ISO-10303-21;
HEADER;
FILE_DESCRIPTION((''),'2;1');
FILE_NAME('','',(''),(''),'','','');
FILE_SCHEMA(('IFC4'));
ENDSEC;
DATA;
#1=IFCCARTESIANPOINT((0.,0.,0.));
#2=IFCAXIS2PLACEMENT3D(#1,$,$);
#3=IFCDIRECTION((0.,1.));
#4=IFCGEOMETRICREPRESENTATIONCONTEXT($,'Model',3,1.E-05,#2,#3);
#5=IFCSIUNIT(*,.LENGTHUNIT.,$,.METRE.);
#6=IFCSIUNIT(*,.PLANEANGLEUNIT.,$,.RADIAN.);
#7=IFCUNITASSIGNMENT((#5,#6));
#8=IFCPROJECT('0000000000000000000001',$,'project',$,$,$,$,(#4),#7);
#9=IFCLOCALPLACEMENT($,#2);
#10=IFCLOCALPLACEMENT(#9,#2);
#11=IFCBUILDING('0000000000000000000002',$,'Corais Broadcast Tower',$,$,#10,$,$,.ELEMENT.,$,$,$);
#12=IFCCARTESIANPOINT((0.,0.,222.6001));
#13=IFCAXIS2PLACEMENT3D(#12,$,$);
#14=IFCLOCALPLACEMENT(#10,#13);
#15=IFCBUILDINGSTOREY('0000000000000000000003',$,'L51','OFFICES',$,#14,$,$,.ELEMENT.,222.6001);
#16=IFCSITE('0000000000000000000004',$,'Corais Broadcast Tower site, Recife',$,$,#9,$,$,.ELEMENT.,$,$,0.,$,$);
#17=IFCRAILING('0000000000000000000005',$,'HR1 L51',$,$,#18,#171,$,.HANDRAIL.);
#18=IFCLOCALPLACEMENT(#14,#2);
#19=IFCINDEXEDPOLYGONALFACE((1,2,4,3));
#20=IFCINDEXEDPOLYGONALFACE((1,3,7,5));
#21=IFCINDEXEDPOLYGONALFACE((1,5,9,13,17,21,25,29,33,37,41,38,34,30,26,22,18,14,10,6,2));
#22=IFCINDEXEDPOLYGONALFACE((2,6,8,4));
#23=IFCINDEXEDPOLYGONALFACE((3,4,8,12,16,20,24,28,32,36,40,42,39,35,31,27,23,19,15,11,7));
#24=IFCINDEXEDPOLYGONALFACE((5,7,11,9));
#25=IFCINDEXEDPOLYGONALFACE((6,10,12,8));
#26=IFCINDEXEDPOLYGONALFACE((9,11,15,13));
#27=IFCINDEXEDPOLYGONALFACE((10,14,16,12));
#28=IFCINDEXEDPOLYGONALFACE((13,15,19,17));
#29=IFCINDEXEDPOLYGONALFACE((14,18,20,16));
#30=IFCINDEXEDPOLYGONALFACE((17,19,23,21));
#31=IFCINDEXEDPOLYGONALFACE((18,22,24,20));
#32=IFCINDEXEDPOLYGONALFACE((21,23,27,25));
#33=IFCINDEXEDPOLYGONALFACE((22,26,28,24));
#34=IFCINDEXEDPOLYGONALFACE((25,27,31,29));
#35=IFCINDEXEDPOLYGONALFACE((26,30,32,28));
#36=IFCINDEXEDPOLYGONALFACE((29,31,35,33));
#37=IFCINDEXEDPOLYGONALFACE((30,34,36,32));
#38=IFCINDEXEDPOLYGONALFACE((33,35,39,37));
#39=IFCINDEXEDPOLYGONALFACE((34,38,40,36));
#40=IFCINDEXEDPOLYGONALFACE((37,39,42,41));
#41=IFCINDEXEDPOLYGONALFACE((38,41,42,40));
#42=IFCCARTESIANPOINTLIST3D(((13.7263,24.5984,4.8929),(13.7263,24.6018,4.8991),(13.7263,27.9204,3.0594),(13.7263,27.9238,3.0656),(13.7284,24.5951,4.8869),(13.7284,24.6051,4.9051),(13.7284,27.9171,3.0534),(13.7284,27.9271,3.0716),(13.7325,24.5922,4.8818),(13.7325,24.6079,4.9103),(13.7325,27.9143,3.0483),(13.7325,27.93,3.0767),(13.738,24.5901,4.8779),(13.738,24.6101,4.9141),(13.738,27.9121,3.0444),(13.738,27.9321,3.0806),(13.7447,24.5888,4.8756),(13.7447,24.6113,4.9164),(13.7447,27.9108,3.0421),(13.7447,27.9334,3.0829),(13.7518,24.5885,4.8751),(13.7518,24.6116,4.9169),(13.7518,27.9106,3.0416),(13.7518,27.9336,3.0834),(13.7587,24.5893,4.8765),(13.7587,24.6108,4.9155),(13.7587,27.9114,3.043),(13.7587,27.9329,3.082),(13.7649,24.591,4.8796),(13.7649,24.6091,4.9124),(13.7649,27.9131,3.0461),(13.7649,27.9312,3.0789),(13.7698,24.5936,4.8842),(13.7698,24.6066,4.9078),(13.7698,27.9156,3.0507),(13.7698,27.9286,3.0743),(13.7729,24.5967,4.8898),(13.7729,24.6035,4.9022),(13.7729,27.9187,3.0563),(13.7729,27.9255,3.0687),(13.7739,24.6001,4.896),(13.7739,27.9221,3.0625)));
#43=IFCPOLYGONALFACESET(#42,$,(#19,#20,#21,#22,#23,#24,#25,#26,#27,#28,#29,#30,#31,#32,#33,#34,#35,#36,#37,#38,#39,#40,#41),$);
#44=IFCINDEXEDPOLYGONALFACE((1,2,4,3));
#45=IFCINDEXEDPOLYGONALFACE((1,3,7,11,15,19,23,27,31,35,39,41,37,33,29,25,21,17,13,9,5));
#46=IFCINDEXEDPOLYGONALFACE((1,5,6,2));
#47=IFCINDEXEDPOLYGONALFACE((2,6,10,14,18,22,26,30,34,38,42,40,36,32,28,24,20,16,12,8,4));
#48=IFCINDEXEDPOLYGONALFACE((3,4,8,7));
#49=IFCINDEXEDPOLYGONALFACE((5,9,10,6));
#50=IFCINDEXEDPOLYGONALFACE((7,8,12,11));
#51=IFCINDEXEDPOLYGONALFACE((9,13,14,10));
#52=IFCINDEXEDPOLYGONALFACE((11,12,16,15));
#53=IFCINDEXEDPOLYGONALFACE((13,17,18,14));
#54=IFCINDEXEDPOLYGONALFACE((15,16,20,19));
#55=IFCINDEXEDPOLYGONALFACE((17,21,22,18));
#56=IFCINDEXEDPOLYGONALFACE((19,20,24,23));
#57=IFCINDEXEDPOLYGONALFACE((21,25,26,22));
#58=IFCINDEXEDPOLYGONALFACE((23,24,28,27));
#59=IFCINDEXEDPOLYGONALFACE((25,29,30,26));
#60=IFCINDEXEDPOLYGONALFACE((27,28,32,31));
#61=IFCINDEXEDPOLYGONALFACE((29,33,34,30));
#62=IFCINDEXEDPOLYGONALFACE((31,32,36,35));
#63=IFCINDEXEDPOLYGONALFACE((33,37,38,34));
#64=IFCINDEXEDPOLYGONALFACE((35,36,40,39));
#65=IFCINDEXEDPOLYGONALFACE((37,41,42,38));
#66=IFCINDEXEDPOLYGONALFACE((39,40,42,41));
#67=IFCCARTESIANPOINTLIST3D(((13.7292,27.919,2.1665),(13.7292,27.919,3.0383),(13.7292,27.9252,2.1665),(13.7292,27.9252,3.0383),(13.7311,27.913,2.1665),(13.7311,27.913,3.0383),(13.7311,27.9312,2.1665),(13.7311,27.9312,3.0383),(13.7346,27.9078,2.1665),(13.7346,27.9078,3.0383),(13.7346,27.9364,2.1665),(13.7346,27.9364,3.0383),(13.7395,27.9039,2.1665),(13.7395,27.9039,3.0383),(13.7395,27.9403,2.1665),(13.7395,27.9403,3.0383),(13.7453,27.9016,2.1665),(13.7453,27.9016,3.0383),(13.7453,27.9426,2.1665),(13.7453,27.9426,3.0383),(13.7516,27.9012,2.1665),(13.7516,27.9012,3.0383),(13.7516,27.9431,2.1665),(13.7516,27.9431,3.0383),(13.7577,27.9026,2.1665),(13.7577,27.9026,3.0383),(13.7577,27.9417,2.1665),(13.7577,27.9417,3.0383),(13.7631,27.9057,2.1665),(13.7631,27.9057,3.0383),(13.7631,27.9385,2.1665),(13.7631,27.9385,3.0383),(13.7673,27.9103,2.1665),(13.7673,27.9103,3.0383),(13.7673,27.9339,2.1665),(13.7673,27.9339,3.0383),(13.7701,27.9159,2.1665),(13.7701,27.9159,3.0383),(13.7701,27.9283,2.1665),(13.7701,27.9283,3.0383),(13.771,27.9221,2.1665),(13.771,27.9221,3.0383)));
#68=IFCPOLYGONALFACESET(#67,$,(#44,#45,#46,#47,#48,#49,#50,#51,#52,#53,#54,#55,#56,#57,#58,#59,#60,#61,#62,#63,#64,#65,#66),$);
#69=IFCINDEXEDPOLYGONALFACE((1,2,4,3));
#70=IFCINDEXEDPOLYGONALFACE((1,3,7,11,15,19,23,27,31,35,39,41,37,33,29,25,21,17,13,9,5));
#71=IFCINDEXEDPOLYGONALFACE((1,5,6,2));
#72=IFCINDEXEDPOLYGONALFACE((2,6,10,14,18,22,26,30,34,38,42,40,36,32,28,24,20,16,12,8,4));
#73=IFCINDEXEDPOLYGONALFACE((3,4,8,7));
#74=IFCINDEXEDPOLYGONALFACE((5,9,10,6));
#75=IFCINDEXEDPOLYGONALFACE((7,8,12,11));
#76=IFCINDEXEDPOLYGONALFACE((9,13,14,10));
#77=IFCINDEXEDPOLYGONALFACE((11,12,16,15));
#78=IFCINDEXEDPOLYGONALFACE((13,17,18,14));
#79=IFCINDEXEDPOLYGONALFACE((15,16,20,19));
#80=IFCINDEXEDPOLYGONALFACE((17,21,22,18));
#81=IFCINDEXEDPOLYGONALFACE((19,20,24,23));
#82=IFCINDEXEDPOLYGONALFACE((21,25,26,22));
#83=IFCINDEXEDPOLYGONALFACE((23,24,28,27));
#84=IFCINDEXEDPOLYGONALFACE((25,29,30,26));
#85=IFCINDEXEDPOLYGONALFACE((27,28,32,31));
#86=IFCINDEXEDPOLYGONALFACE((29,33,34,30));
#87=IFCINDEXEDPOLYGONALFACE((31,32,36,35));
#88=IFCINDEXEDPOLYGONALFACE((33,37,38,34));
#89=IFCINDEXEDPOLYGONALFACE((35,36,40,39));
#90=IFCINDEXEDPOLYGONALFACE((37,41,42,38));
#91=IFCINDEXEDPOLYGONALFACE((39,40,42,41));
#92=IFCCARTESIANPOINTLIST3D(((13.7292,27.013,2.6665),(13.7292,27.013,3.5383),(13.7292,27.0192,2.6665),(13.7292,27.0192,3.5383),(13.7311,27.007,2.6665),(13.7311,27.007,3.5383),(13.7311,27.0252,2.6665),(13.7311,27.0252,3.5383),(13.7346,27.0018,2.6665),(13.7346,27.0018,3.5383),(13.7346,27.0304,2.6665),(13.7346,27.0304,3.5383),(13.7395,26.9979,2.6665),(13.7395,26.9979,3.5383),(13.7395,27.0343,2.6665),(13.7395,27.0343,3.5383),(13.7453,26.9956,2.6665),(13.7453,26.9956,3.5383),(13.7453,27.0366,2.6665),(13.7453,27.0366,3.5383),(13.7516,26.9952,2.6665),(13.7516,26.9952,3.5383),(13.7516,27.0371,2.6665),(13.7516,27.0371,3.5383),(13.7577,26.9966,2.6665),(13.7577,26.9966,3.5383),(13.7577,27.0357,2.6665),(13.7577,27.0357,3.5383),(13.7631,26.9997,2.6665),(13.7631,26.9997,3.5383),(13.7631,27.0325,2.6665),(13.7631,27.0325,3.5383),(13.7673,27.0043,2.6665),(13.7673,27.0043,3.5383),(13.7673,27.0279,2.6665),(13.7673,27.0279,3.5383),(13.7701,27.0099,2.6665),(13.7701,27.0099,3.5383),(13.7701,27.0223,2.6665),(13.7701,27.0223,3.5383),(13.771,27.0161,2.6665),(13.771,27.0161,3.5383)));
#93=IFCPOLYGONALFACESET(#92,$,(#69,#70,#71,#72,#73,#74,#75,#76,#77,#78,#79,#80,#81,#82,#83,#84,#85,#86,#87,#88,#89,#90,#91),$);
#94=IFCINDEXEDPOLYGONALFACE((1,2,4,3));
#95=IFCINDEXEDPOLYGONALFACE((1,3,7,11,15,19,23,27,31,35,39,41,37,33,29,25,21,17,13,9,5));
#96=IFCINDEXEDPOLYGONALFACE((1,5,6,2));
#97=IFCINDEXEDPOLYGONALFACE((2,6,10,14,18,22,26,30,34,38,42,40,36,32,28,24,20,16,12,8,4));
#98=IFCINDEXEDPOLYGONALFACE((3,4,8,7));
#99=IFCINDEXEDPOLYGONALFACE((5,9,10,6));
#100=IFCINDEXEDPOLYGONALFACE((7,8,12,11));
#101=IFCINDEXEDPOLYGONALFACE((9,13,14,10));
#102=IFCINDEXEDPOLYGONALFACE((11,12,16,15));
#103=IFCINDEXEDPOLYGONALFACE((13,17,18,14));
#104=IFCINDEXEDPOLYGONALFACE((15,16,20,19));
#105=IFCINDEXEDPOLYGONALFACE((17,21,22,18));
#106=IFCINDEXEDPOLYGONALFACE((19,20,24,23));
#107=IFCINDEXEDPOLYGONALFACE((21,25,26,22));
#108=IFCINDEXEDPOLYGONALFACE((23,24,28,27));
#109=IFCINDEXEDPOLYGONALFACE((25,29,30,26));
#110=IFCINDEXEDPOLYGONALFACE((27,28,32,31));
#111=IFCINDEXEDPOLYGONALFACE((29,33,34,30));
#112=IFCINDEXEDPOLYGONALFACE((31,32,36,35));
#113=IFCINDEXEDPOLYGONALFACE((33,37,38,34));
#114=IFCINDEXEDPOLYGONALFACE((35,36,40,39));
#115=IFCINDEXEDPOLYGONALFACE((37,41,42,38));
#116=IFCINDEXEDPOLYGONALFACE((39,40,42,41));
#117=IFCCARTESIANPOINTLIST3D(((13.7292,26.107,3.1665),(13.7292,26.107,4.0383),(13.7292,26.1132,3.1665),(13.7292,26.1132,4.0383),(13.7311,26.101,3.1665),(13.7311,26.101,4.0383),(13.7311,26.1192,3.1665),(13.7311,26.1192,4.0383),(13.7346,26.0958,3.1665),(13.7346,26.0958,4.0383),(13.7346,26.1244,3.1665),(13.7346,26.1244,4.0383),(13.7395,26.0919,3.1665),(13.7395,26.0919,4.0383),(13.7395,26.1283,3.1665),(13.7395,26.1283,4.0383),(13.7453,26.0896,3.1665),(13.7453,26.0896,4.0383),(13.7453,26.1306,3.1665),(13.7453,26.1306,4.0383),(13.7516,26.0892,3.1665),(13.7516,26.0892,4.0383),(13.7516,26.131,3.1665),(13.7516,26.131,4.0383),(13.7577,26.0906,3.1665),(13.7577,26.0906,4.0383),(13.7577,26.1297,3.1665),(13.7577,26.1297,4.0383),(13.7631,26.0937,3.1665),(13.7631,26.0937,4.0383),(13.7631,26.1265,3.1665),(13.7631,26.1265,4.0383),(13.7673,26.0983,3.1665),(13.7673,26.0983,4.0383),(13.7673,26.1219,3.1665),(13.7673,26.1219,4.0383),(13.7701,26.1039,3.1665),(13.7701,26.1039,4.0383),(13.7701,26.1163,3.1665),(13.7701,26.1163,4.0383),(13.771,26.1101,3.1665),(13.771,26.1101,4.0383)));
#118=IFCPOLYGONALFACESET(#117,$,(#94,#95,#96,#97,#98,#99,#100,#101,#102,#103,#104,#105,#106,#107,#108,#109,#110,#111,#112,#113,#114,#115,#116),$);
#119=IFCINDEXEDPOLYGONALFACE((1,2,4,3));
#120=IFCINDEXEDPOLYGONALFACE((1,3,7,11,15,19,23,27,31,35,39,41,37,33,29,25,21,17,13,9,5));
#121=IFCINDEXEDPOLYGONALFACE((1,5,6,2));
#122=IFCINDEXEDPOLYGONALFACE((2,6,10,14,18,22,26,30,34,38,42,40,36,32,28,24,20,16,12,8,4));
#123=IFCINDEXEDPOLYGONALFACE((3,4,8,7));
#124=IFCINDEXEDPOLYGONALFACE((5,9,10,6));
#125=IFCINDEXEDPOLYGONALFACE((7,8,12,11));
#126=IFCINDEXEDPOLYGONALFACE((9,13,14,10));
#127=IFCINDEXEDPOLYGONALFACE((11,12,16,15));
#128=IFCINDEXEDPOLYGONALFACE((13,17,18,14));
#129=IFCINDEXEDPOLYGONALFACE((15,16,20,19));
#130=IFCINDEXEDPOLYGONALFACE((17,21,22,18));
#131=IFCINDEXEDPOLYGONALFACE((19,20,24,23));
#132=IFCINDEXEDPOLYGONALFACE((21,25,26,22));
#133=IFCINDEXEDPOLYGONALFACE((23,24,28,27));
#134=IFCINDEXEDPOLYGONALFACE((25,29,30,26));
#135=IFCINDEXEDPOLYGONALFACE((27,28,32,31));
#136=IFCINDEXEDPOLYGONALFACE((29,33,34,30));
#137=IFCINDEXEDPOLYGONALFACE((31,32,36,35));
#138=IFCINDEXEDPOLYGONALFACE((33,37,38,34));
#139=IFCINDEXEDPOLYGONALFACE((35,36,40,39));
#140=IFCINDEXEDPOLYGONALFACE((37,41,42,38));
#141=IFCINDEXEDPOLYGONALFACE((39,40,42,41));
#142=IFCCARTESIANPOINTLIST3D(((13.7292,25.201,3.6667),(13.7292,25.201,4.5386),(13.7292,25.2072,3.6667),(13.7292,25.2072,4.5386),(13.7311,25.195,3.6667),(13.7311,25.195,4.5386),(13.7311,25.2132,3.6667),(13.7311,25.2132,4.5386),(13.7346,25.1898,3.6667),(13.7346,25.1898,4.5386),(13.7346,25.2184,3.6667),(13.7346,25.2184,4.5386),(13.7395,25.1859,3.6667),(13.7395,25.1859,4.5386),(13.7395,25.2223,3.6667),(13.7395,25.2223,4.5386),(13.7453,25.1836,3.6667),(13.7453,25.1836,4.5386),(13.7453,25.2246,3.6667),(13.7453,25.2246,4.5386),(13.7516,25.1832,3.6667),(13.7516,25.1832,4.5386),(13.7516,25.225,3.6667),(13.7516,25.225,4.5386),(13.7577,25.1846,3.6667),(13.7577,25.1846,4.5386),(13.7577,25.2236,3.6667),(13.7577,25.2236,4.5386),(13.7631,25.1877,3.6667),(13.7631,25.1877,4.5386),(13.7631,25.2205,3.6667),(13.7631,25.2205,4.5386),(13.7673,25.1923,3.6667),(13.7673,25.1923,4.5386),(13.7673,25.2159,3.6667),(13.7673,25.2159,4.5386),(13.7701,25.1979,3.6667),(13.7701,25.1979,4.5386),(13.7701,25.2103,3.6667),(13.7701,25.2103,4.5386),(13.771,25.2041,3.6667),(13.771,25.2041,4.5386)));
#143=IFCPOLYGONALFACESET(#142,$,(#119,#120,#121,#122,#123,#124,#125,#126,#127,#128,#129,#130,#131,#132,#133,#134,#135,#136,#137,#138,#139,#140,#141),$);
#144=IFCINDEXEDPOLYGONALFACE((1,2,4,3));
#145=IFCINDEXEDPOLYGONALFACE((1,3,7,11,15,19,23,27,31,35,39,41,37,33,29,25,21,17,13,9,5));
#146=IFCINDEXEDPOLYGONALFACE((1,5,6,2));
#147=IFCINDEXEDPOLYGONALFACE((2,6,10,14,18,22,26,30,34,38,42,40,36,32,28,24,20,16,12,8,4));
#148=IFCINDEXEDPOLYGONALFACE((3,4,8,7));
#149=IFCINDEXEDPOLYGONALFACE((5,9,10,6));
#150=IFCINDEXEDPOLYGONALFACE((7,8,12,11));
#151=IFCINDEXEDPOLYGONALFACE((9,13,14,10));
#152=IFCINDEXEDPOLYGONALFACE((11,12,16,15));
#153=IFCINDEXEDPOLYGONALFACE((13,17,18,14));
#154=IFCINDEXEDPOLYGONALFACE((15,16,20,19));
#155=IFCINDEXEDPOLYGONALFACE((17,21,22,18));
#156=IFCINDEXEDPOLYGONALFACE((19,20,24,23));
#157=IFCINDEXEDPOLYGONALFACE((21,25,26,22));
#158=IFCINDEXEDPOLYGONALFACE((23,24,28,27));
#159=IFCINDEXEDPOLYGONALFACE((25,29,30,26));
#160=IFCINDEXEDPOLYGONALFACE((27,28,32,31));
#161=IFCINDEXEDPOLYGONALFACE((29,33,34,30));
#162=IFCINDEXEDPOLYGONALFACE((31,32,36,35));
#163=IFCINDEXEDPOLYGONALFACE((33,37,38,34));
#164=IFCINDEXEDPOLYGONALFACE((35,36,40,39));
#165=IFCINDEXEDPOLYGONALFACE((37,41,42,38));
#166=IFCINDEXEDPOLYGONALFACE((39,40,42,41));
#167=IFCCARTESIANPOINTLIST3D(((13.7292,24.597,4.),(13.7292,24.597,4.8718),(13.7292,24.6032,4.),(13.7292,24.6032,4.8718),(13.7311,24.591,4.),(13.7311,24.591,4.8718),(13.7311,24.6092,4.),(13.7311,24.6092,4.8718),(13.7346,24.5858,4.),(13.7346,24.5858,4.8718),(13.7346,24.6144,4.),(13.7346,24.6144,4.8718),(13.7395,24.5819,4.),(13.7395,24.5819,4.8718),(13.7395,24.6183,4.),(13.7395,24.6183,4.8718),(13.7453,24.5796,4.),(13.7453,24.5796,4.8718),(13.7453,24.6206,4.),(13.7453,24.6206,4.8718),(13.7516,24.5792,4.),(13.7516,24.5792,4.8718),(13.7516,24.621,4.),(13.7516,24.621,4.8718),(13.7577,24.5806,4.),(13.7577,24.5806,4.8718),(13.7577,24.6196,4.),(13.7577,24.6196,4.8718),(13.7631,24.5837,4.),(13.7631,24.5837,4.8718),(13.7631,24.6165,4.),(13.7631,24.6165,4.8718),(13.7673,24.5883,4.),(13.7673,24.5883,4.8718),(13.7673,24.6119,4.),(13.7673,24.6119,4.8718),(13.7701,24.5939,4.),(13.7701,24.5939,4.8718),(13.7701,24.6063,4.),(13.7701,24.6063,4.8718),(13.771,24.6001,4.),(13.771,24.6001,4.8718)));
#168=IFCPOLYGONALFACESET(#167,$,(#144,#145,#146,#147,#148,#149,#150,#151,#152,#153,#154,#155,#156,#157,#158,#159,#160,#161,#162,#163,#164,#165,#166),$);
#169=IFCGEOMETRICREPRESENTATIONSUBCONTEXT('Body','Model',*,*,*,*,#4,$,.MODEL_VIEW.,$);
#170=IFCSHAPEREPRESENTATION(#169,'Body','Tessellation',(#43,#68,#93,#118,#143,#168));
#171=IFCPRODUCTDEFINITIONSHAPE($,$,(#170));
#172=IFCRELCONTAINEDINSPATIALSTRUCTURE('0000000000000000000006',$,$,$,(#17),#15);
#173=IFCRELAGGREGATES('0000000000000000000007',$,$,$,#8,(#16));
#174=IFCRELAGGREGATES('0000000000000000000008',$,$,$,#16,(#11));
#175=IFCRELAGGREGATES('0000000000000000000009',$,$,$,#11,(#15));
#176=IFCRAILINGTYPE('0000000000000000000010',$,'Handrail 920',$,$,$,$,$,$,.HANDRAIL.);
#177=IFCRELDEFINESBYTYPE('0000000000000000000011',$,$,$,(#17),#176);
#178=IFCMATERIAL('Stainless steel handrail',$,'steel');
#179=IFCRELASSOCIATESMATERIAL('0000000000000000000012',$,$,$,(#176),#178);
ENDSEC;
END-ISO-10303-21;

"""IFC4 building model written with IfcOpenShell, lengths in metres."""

from ifc_helpers import new_model, si_unit, direction, frame, origin, origin_2d, place, context, subcontext, project, spatial, circle, extrude, material, type_object, element, save


model = new_model("IFC4")

# Units and contexts
model_context = context("Model", 3, precision=1e-05, world=origin(), true_north=direction((0.0, 1.0)))
body_context = subcontext(model_context, "Body", "Model", "MODEL_VIEW")
ifc_project = project(units=[si_unit("LENGTHUNIT", "METRE"), si_unit("PLANEANGLEUNIT", "RADIAN")], contexts=[model_context])

# Site, building, storey
site_placement = place(None, origin())
site = spatial("IfcSite", under=ifc_project, at=site_placement, Name="Corais Broadcast Tower site, Recife", CompositionType="ELEMENT", RefElevation=0.0)
building_placement = place(site_placement, origin())
building = spatial("IfcBuilding", under=site, at=building_placement, Name="Corais Broadcast Tower", CompositionType="ELEMENT")
storey_placement = place(building_placement, frame((0.0, 0.0, 222.6001)))
storey = spatial("IfcBuildingStorey", under=building, at=storey_placement, Name="L51", Description="OFFICES", CompositionType="ELEMENT", Elevation=222.6001)

# Railing
ifc_material_1 = material(Name="Stainless steel handrail", Category="steel")
railing_type = type_object("IfcRailingType", Name="Handrail 920", PredefinedType="HANDRAIL", material=ifc_material_1)
for number, where, name in (
    (1, (13.75, 27.9221, 2.1665), "HR1 L51"),
):
    element("IfcRailing", number, at=place(storey_placement, frame(where)), inside=storey, type_object=railing_type, Name=name, PredefinedType="HANDRAIL", context=body_context, shape_type="SweptSolid", body=[
        extrude(circle(Radius=0.0239, at=origin_2d()), frame((0.0, 0.0, 0.896), z_axis=(0.0, -0.875504, 0.48321), x_axis=(1.0, 0.0, 0.0)), (0.0, 0.0, 1.0), 3.7944),
        extrude(circle(Radius=0.021, at=origin_2d()), origin(), (0.0, 0.0, 1.0), 0.8718),
        extrude(circle(Radius=0.021, at=origin_2d()), frame((0.0, -0.906, 0.5)), (0.0, 0.0, 1.0), 0.8718),
        extrude(circle(Radius=0.021, at=origin_2d()), frame((0.0, -1.812, 1.0)), (0.0, 0.0, 1.0), 0.8718),
        extrude(circle(Radius=0.021, at=origin_2d()), frame((0.0, -2.718, 1.5002)), (0.0, 0.0, 1.0), 0.8718),
        extrude(circle(Radius=0.021, at=origin_2d()), frame((0.0, -3.322, 1.8335)), (0.0, 0.0, 1.0), 0.8718),
    ])

save(model, "model.ifc")
